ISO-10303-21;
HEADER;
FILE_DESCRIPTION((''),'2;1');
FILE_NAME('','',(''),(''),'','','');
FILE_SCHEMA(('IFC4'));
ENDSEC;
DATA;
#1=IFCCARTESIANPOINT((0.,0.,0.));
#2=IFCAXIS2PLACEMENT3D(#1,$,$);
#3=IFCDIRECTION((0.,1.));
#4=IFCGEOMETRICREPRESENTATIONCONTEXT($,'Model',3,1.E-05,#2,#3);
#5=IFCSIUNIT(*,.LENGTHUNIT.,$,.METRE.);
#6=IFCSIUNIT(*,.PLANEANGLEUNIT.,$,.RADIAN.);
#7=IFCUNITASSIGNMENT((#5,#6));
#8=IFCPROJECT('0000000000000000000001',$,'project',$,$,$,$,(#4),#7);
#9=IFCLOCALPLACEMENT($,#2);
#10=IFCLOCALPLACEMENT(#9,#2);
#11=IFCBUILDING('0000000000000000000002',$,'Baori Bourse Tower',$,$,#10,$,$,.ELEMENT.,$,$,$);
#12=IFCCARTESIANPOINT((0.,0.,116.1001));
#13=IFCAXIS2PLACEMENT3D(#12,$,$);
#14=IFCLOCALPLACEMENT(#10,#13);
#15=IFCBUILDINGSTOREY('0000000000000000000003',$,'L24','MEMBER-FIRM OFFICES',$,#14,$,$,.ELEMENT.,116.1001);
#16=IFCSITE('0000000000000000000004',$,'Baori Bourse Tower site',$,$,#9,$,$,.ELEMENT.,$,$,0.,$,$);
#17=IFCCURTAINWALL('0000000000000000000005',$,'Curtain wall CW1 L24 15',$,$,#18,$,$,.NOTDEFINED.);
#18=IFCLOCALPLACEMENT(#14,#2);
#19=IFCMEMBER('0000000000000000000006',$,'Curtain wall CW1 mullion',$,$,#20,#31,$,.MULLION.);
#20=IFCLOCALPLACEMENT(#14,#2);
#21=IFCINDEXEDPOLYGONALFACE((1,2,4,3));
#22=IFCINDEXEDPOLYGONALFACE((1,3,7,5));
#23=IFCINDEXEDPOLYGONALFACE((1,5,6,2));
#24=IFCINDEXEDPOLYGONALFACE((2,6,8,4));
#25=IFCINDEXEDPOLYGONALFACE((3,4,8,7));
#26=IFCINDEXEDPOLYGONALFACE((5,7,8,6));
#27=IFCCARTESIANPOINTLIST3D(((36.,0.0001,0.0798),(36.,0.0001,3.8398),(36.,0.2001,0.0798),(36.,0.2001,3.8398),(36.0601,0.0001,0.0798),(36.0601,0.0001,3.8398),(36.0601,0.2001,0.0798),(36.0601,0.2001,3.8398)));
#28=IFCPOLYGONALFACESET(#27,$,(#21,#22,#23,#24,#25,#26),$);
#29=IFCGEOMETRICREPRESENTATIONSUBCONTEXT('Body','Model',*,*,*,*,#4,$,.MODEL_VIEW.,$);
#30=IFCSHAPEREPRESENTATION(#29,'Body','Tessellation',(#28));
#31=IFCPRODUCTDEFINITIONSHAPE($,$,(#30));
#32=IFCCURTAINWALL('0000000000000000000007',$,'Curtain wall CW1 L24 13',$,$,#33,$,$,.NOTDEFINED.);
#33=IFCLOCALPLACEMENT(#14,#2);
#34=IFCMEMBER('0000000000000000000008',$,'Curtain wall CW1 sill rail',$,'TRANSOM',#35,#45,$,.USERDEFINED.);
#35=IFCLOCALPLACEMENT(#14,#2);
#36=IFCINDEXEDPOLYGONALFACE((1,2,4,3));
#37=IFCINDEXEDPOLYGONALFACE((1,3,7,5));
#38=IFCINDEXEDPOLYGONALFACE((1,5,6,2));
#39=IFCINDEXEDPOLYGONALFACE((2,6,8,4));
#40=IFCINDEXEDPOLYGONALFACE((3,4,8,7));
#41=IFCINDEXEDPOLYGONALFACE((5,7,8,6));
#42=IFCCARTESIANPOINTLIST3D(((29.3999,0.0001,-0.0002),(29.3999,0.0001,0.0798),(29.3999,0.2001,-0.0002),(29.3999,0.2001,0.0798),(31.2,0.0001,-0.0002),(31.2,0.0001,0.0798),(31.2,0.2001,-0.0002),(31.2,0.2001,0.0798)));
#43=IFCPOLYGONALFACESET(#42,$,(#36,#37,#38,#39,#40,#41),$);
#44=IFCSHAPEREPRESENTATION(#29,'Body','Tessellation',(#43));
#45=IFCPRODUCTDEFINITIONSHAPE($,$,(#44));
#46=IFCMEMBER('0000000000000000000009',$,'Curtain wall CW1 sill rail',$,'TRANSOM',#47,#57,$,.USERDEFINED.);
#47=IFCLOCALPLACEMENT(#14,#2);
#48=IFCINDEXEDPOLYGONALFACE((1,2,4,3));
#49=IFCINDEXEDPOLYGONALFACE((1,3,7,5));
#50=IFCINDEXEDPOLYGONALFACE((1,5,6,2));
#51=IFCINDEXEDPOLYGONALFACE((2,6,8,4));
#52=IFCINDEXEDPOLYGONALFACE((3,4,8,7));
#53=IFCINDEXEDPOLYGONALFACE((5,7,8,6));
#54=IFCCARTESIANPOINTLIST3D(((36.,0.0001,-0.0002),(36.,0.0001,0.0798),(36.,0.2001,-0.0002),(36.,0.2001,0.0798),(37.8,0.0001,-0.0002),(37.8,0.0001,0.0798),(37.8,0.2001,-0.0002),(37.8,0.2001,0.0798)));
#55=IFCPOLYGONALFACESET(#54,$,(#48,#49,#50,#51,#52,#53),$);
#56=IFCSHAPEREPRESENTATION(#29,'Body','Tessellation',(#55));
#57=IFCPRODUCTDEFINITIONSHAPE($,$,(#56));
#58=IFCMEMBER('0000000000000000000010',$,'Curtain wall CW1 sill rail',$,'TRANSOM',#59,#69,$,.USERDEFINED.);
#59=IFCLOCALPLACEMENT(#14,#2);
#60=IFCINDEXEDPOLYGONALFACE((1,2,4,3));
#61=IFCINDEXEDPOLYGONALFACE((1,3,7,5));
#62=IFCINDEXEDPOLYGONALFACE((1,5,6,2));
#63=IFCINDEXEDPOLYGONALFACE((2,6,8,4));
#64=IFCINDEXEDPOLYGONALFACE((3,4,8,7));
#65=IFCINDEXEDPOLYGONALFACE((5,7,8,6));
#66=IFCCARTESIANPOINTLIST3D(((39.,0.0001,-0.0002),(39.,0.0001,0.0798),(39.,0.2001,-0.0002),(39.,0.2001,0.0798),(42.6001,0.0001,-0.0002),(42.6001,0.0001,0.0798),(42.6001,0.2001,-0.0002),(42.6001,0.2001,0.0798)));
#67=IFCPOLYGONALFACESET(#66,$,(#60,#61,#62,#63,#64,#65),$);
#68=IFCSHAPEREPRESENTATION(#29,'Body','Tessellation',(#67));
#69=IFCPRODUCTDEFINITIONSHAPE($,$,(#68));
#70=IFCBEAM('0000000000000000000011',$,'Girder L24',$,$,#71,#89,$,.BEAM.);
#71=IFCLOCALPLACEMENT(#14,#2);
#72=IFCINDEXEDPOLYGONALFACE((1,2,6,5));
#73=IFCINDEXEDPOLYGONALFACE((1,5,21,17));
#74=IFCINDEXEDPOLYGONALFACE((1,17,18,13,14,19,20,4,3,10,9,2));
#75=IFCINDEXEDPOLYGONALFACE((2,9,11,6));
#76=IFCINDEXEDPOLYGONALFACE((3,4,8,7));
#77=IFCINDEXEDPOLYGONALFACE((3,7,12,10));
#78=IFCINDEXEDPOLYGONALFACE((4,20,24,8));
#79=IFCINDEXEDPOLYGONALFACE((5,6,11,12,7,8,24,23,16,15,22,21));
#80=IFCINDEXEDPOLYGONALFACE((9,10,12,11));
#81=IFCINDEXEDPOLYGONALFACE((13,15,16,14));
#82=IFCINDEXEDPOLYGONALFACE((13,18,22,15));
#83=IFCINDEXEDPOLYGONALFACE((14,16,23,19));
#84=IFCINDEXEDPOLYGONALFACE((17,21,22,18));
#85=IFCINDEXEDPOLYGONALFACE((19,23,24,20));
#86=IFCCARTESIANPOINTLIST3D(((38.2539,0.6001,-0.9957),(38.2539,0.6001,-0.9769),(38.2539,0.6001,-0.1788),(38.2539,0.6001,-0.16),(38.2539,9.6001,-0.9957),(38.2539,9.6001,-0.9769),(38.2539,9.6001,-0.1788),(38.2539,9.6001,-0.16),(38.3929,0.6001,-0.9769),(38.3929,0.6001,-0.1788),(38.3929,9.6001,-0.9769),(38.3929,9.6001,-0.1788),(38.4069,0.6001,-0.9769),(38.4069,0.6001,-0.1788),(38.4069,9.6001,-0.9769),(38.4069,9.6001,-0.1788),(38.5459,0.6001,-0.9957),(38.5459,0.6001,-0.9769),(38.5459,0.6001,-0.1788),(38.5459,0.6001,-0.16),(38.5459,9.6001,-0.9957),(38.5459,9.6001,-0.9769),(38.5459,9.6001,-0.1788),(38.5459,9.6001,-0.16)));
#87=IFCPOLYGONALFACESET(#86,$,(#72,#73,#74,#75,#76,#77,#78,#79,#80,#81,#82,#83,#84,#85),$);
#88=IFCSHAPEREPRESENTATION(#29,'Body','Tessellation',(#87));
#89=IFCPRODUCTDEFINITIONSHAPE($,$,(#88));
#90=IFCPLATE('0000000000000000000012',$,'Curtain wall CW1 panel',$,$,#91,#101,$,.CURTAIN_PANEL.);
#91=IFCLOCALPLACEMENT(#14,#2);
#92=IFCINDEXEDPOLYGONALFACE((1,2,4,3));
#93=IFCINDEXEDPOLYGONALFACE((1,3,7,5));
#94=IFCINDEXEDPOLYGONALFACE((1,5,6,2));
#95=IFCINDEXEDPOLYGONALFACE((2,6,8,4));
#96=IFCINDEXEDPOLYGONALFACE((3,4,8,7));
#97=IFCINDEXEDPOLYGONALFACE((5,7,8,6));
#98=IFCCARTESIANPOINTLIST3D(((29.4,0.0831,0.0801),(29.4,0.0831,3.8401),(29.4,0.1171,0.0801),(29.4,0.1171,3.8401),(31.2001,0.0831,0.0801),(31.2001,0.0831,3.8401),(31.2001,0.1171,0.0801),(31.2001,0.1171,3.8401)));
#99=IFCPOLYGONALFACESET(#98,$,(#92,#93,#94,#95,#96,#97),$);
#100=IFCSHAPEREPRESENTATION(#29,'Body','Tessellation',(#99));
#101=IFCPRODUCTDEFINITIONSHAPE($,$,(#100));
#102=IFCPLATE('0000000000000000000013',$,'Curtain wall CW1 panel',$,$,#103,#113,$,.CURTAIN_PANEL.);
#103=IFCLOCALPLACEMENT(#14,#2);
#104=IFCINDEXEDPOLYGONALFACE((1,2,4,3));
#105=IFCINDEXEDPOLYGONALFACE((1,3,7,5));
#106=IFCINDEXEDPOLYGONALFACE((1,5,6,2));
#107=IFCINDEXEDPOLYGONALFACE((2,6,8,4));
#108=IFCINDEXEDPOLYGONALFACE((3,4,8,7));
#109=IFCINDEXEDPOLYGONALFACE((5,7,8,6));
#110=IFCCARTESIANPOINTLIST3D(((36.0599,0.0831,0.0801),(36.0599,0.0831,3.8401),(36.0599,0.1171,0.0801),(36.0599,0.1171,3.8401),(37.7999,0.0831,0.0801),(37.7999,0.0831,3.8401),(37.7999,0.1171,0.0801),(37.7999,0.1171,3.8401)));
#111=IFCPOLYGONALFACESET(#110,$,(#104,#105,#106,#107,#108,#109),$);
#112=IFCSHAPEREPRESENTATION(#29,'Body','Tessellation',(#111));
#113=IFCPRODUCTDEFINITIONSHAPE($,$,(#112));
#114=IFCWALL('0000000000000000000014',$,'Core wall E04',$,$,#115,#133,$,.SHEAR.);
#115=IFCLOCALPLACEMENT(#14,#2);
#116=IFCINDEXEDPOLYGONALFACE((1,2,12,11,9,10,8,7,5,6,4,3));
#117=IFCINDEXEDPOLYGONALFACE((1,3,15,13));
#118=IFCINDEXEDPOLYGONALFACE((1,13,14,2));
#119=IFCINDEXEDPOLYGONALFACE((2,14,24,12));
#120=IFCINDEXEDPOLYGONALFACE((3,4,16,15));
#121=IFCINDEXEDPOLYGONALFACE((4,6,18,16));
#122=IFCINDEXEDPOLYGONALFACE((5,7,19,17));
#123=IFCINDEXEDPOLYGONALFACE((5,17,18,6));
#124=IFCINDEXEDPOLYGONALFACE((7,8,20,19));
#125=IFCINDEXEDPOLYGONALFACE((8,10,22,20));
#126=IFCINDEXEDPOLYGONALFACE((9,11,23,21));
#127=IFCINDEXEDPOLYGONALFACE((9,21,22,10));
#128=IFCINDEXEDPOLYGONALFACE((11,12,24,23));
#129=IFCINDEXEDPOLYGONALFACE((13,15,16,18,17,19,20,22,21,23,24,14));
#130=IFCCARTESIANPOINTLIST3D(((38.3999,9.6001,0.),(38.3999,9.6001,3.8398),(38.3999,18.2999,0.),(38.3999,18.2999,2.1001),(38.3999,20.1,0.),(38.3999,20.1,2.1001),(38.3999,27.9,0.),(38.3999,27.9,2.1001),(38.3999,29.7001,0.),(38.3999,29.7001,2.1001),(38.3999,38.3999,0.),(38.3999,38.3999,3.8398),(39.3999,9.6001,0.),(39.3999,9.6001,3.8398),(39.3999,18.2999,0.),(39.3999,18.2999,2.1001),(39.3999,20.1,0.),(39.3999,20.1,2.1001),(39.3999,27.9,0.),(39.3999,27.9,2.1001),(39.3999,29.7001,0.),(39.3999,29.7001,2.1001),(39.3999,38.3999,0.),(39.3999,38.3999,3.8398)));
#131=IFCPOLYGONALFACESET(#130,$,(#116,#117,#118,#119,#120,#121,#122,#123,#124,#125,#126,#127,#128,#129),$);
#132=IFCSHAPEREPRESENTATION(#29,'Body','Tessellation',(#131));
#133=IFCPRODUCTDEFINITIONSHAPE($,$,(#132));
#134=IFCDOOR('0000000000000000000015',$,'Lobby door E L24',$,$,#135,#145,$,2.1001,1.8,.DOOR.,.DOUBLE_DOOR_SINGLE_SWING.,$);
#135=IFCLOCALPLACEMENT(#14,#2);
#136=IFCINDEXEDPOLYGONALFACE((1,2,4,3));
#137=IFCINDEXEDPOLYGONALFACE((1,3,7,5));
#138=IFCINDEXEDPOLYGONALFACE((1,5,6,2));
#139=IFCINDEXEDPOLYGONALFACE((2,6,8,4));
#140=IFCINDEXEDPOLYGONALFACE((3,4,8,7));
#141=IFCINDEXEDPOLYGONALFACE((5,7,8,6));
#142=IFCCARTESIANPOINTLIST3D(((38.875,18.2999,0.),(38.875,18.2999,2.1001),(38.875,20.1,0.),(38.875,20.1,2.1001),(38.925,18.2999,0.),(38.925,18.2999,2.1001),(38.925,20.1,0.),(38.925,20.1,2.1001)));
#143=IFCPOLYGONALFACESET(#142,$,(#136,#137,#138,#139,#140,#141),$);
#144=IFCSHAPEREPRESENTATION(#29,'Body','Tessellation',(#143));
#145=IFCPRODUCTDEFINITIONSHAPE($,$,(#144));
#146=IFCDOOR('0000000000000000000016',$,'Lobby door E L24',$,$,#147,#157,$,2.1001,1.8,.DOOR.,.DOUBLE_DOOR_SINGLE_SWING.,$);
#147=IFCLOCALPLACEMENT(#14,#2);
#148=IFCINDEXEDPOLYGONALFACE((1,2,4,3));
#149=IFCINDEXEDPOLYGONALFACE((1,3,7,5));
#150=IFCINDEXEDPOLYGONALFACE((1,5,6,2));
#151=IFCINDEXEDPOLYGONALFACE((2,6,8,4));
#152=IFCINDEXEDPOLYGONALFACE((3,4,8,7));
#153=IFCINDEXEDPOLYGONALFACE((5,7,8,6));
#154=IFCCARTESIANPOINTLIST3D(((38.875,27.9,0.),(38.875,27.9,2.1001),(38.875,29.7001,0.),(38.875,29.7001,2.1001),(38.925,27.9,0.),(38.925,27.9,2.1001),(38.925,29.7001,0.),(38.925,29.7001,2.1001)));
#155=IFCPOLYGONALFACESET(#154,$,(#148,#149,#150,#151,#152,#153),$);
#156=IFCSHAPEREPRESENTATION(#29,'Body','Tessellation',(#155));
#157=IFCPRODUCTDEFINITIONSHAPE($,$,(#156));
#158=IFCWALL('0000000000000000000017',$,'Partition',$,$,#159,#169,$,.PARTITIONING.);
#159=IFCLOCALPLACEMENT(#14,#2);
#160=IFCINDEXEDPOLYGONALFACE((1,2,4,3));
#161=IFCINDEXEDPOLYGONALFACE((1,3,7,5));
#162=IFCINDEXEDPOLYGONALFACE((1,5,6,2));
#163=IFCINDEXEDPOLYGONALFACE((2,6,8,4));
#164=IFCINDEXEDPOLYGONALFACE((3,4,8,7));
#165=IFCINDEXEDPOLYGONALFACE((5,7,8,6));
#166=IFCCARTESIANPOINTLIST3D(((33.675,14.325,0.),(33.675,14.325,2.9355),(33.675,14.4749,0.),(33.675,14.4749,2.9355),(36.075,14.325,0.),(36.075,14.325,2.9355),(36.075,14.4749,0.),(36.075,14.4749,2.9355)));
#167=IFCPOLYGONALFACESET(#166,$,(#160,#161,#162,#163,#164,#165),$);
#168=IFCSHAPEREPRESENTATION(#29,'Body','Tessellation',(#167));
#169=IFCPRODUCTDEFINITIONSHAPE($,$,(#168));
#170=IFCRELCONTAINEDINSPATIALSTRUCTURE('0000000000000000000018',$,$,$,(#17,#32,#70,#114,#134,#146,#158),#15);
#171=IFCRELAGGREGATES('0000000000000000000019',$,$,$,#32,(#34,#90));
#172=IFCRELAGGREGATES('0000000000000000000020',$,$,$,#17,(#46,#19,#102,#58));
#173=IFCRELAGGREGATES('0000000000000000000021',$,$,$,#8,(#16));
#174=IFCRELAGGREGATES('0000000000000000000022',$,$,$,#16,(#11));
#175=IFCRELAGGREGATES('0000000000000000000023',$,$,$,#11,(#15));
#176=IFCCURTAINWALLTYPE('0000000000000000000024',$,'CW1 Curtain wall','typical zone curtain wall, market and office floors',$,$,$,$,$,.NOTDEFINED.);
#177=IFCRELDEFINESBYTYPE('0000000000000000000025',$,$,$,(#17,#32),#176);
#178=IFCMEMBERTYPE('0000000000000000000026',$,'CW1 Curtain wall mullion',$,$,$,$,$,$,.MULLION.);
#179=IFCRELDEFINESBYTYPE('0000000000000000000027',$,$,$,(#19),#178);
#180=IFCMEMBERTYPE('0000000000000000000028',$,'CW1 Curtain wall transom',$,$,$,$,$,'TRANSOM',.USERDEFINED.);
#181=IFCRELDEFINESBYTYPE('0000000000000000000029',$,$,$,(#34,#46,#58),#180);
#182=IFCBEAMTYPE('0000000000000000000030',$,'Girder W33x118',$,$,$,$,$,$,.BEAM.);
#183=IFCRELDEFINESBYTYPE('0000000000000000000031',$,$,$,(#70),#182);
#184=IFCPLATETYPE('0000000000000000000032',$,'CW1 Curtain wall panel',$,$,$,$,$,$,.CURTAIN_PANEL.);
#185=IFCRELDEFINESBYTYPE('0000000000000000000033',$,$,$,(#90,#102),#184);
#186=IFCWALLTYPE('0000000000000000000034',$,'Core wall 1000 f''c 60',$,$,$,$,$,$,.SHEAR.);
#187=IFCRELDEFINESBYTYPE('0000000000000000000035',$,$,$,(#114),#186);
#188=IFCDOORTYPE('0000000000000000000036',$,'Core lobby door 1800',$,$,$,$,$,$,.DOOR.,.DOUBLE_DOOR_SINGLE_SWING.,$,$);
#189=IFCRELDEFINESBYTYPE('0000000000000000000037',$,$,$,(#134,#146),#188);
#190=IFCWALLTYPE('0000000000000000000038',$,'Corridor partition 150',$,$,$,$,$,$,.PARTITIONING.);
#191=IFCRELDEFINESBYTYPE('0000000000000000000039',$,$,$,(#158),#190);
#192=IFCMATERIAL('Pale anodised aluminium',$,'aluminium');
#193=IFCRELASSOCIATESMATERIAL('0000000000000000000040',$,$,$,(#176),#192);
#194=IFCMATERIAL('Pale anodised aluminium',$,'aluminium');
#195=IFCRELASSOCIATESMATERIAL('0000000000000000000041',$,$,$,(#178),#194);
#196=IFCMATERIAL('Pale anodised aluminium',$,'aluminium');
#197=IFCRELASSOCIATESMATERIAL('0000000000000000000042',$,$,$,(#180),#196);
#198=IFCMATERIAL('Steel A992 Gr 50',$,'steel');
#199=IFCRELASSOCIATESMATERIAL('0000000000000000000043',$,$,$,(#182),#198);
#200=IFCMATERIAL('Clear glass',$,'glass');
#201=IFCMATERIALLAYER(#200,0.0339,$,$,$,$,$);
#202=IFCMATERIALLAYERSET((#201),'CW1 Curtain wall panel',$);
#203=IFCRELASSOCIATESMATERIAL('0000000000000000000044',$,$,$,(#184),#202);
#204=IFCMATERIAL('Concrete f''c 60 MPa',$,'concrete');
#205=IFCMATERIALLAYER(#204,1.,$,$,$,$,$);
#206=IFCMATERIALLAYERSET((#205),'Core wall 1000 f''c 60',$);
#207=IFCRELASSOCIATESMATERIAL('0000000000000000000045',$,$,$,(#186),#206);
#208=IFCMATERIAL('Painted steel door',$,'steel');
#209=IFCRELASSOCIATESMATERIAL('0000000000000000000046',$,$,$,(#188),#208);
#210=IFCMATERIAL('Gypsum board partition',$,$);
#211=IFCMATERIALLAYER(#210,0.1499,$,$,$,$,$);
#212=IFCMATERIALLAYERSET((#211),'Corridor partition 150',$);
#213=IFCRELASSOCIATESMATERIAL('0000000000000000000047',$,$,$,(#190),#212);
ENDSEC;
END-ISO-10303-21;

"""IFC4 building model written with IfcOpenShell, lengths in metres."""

from ifc_helpers import new_model, si_unit, direction, frame, frame_2d, origin, origin_2d, place, context, subcontext, project, spatial, rectangle, i_section, extrude, material, layer, layer_set, material_profile, profile_set, type_object, element, fill, aggregate, save


model = new_model("IFC4")

# Units and contexts
model_context = context("Model", 3, precision=1e-05, world=origin(), true_north=direction((0.0, 1.0)))
body_context = subcontext(model_context, "Body", "Model", "MODEL_VIEW")
ifc_project = project(units=[si_unit("LENGTHUNIT", "METRE"), si_unit("PLANEANGLEUNIT", "RADIAN")], contexts=[model_context])

# Site, building, storey
site_placement = place(None, origin())
site = spatial("IfcSite", under=ifc_project, at=site_placement, Name="Baori Bourse Tower site", CompositionType="ELEMENT", RefElevation=0.0)
building_placement = place(site_placement, origin())
building = spatial("IfcBuilding", under=site, at=building_placement, Name="Baori Bourse Tower", CompositionType="ELEMENT")
storey_placement = place(building_placement, frame((0.0, 0.0, 116.1001)))
storey = spatial("IfcBuildingStorey", under=building, at=storey_placement, Name="L24", Description="MEMBER-FIRM OFFICES", CompositionType="ELEMENT", Elevation=116.1001)

# Curtain walls, members
ifc_material_1 = material(Name="Pale anodised aluminium", Category="aluminium")
curtain_wall_type = type_object("IfcCurtainWallType", Name="CW1 Curtain wall", Description="typical zone curtain wall, market and office floors", PredefinedType="NOTDEFINED", material=ifc_material_1)
curtain_wall_1_placement = place(storey_placement, origin())
curtain_wall_1 = element("IfcCurtainWall", 1, at=curtain_wall_1_placement, inside=storey, type_object=curtain_wall_type, Name="Curtain wall CW1 L24 15", PredefinedType="NOTDEFINED")
ifc_material_2 = material(Name="Pale anodised aluminium", Category="aluminium")
ifc_material_profile_1 = material_profile(ifc_material_2, rectangle(XDim=0.2, YDim=0.0601, at=origin_2d()), Name="Mullion 60x200")
ifc_profile_set_1 = profile_set([ifc_material_profile_1], Name="Pale anodised aluminium")
member_type_1 = type_object("IfcMemberType", Name="CW1 Curtain wall mullion", PredefinedType="MULLION", material=ifc_profile_set_1)
member_1_placement = place(storey_placement, frame((36.03, 0.1001, 0.0798), z_axis=(0.0, 0.0, 1.0), x_axis=(0.0, 1.0, 0.0)))
member_1 = element("IfcMember", 2, at=member_1_placement, type_object=member_type_1, Name="Curtain wall CW1 mullion", PredefinedType="MULLION", context=body_context, shape_type="SweptSolid", body=[
    extrude(rectangle(XDim=0.2, YDim=0.0601, at=origin_2d()), origin(), (0.0, 0.0, 1.0), 3.76),
])
curtain_wall_2_placement = place(storey_placement, origin())
curtain_wall_2 = element("IfcCurtainWall", 3, at=curtain_wall_2_placement, inside=storey, type_object=curtain_wall_type, Name="Curtain wall CW1 L24 13", PredefinedType="NOTDEFINED")
ifc_material_3 = material(Name="Pale anodised aluminium", Category="aluminium")
ifc_material_profile_2 = material_profile(ifc_material_3, rectangle(XDim=0.2, YDim=0.0801, at=origin_2d()), Name="Transom 80x200")
ifc_profile_set_2 = profile_set([ifc_material_profile_2], Name="Pale anodised aluminium")
member_type_2 = type_object("IfcMemberType", Name="CW1 Curtain wall transom", ElementType="TRANSOM", PredefinedType="USERDEFINED", material=ifc_profile_set_2)
member_2_placement = place(storey_placement, frame((29.3999, 0.1001, 0.0398), z_axis=(1.0, 0.0, 0.0), x_axis=(0.0, 1.0, 0.0)))
member_2 = element("IfcMember", 4, at=member_2_placement, type_object=member_type_2, Name="Curtain wall CW1 sill rail", ObjectType="TRANSOM", PredefinedType="USERDEFINED", context=body_context, shape_type="SweptSolid", body=[
    extrude(rectangle(XDim=0.2, YDim=0.0801, at=origin_2d()), origin(), (0.0, 0.0, 1.0), 1.8),
])

# Members
member_3_placement = place(storey_placement, frame((36.0, 0.1001, 0.0398), z_axis=(1.0, 0.0, 0.0), x_axis=(0.0, 1.0, 0.0)))
member_3 = element("IfcMember", 5, at=member_3_placement, type_object=member_type_2, Name="Curtain wall CW1 sill rail", ObjectType="TRANSOM", PredefinedType="USERDEFINED", context=body_context, shape_type="SweptSolid", body=[
    extrude(rectangle(XDim=0.2, YDim=0.0801, at=origin_2d()), origin(), (0.0, 0.0, 1.0), 1.8),
])
member_4_placement = place(storey_placement, frame((39.0, 0.1001, 0.0398), z_axis=(1.0, 0.0, 0.0), x_axis=(0.0, 1.0, 0.0)))
member_4 = element("IfcMember", 6, at=member_4_placement, type_object=member_type_2, Name="Curtain wall CW1 sill rail", ObjectType="TRANSOM", PredefinedType="USERDEFINED", context=body_context, shape_type="SweptSolid", body=[
    extrude(rectangle(XDim=0.2, YDim=0.0801, at=origin_2d()), origin(), (0.0, 0.0, 1.0), 3.6001),
])

# Beam
ifc_material_4 = material(Name="Steel A992 Gr 50", Category="steel")
ifc_material_profile_3 = material_profile(ifc_material_4, i_section(OverallWidth=0.292, OverallDepth=0.8357, WebThickness=0.0139, FlangeThickness=0.0188, at=origin_2d()), Name="W33x118")
ifc_profile_set_3 = profile_set([ifc_material_profile_3], Name="Steel A992 Gr 50")
beam_type = type_object("IfcBeamType", Name="Girder W33x118", PredefinedType="BEAM", material=ifc_profile_set_3)
beam_placement = place(storey_placement, frame((38.3999, 0.6001, -0.5779), z_axis=(0.0, 1.0, 0.0), x_axis=(-1.0, 0.0, 0.0)))
element("IfcBeam", 7, at=beam_placement, inside=storey, type_object=beam_type, Name="Girder L24", PredefinedType="BEAM", context=body_context, shape_type="SweptSolid", body=[
    extrude(i_section(OverallWidth=0.292, OverallDepth=0.8357, WebThickness=0.0139, FlangeThickness=0.0188, at=origin_2d()), origin(), (0.0, 0.0, 1.0), 9.0),
])

# Plates
ifc_material_5 = material(Name="Clear glass", Category="glass")
ifc_layer_1 = layer(ifc_material_5, 0.0339)
ifc_layer_set_1 = layer_set([ifc_layer_1], Name="CW1 Curtain wall panel")
plate_type = type_object("IfcPlateType", Name="CW1 Curtain wall panel", PredefinedType="CURTAIN_PANEL", material=ifc_layer_set_1)
plate_1_placement = place(storey_placement, frame((30.3, 0.1001, 0.0801), z_axis=(0.0, 0.0, 1.0), x_axis=(1.0, 0.0, 0.0)))
plate_1 = element("IfcPlate", 8, at=plate_1_placement, type_object=plate_type, Name="Curtain wall CW1 panel", PredefinedType="CURTAIN_PANEL", context=body_context, shape_type="SweptSolid", body=[
    extrude(rectangle(XDim=1.8, YDim=0.0339, at=origin_2d()), origin(), (0.0, 0.0, 1.0), 3.76),
])
aggregate(curtain_wall_2, [member_2, plate_1])
plate_2_placement = place(storey_placement, frame((36.9299, 0.1001, 0.0801), z_axis=(0.0, 0.0, 1.0), x_axis=(1.0, 0.0, 0.0)))
plate_2 = element("IfcPlate", 9, at=plate_2_placement, type_object=plate_type, Name="Curtain wall CW1 panel", PredefinedType="CURTAIN_PANEL", context=body_context, shape_type="SweptSolid", body=[
    extrude(rectangle(XDim=1.74, YDim=0.0339, at=origin_2d()), origin(), (0.0, 0.0, 1.0), 3.76),
])
aggregate(curtain_wall_1, [member_3, member_1, plate_2, member_4])

# Wall, openings, doors
ifc_material_6 = material(Name="Concrete f'c 60 MPa", Category="concrete")
ifc_layer_2 = layer(ifc_material_6, 1.0)
ifc_layer_set_2 = layer_set([ifc_layer_2], Name="Core wall 1000 f'c 60")
wall_type_1 = type_object("IfcWallType", Name="Core wall 1000 f'c 60", PredefinedType="SHEAR", material=ifc_layer_set_2)
wall_1_placement = place(storey_placement, frame((38.8999, 9.6001, 0.0), z_axis=(0.0, 0.0, 1.0), x_axis=(0.0, 1.0, 0.0)))
wall_1 = element("IfcWall", 10, at=wall_1_placement, inside=storey, type_object=wall_type_1, Name="Core wall E04", PredefinedType="SHEAR", context=body_context, shape_type="SweptSolid", body=[
    extrude(rectangle(XDim=28.7998, YDim=1.0, at=frame_2d((14.3999, 0.0))), origin(), (0.0, 0.0, 1.0), 3.8398),
])
opening_1_placement = place(wall_1_placement, frame((8.7, 0.0, 0.0)))
opening_1 = element("IfcOpeningElement", 11, at=opening_1_placement, cuts=wall_1, PredefinedType="OPENING", context=body_context, shape_type="SweptSolid", body=[
    extrude(rectangle(XDim=1.8, YDim=2.1001, at=frame_2d((0.8999, 1.05))), frame((0.0, 0.51, 0.0), z_axis=(0.0, -1.0, 0.0), x_axis=(1.0, 0.0, 0.0)), (0.0, 0.0, 1.0), 1.02),
])
opening_2_placement = place(wall_1_placement, frame((18.3, 0.0, 0.0)))
opening_2 = element("IfcOpeningElement", 12, at=opening_2_placement, cuts=wall_1, PredefinedType="OPENING", context=body_context, shape_type="SweptSolid", body=[
    extrude(rectangle(XDim=1.8, YDim=2.1001, at=frame_2d((0.8999, 1.05))), frame((0.0, 0.51, 0.0), z_axis=(0.0, -1.0, 0.0), x_axis=(1.0, 0.0, 0.0)), (0.0, 0.0, 1.0), 1.02),
])
ifc_material_7 = material(Name="Painted steel door", Category="steel")
door_type_1 = type_object("IfcDoorType", Name="Core lobby door 1800", OperationType="DOUBLE_DOOR_SINGLE_SWING", PredefinedType="DOOR", material=ifc_material_7)
door_1_placement = place(opening_1_placement, origin())
door_1 = element("IfcDoor", 13, at=door_1_placement, inside=storey, type_object=door_type_1, Name="Lobby door E L24", OperationType="DOUBLE_DOOR_SINGLE_SWING", OverallHeight=2.1001, OverallWidth=1.8, PredefinedType="DOOR", context=body_context, shape_type="SweptSolid", body=[
    extrude(rectangle(XDim=1.8, YDim=2.1001, at=frame_2d((0.8999, 1.05))), frame((0.0, 0.0249, 0.0), z_axis=(0.0, -1.0, 0.0), x_axis=(1.0, 0.0, 0.0)), (0.0, 0.0, 1.0), 0.05),
])
fill(opening_1, door_1)
door_2_placement = place(opening_2_placement, origin())
door_2 = element("IfcDoor", 14, at=door_2_placement, inside=storey, type_object=door_type_1, Name="Lobby door E L24", OperationType="DOUBLE_DOOR_SINGLE_SWING", OverallHeight=2.1001, OverallWidth=1.8, PredefinedType="DOOR", context=body_context, shape_type="SweptSolid", body=[
    extrude(rectangle(XDim=1.8, YDim=2.1001, at=frame_2d((0.8999, 1.05))), frame((0.0, 0.0249, 0.0), z_axis=(0.0, -1.0, 0.0), x_axis=(1.0, 0.0, 0.0)), (0.0, 0.0, 1.0), 0.05),
])
fill(opening_2, door_2)

# Wall
ifc_material_8 = material(Name="Gypsum board partition")
ifc_layer_3 = layer(ifc_material_8, 0.1499)
ifc_layer_set_3 = layer_set([ifc_layer_3], Name="Corridor partition 150")
wall_type_2 = type_object("IfcWallType", Name="Corridor partition 150", PredefinedType="PARTITIONING", material=ifc_layer_set_3)
wall_2_placement = place(storey_placement, frame((33.675, 14.3999, 0.0), z_axis=(0.0, 0.0, 1.0), x_axis=(1.0, 0.0, 0.0)))
element("IfcWall", 15, at=wall_2_placement, inside=storey, type_object=wall_type_2, Name="Partition", PredefinedType="PARTITIONING", context=body_context, shape_type="SweptSolid", body=[
    extrude(rectangle(XDim=2.3999, YDim=0.1499, at=frame_2d((1.2, 0.0))), origin(), (0.0, 0.0, 1.0), 2.9355),
])

save(model, "model.ifc")
